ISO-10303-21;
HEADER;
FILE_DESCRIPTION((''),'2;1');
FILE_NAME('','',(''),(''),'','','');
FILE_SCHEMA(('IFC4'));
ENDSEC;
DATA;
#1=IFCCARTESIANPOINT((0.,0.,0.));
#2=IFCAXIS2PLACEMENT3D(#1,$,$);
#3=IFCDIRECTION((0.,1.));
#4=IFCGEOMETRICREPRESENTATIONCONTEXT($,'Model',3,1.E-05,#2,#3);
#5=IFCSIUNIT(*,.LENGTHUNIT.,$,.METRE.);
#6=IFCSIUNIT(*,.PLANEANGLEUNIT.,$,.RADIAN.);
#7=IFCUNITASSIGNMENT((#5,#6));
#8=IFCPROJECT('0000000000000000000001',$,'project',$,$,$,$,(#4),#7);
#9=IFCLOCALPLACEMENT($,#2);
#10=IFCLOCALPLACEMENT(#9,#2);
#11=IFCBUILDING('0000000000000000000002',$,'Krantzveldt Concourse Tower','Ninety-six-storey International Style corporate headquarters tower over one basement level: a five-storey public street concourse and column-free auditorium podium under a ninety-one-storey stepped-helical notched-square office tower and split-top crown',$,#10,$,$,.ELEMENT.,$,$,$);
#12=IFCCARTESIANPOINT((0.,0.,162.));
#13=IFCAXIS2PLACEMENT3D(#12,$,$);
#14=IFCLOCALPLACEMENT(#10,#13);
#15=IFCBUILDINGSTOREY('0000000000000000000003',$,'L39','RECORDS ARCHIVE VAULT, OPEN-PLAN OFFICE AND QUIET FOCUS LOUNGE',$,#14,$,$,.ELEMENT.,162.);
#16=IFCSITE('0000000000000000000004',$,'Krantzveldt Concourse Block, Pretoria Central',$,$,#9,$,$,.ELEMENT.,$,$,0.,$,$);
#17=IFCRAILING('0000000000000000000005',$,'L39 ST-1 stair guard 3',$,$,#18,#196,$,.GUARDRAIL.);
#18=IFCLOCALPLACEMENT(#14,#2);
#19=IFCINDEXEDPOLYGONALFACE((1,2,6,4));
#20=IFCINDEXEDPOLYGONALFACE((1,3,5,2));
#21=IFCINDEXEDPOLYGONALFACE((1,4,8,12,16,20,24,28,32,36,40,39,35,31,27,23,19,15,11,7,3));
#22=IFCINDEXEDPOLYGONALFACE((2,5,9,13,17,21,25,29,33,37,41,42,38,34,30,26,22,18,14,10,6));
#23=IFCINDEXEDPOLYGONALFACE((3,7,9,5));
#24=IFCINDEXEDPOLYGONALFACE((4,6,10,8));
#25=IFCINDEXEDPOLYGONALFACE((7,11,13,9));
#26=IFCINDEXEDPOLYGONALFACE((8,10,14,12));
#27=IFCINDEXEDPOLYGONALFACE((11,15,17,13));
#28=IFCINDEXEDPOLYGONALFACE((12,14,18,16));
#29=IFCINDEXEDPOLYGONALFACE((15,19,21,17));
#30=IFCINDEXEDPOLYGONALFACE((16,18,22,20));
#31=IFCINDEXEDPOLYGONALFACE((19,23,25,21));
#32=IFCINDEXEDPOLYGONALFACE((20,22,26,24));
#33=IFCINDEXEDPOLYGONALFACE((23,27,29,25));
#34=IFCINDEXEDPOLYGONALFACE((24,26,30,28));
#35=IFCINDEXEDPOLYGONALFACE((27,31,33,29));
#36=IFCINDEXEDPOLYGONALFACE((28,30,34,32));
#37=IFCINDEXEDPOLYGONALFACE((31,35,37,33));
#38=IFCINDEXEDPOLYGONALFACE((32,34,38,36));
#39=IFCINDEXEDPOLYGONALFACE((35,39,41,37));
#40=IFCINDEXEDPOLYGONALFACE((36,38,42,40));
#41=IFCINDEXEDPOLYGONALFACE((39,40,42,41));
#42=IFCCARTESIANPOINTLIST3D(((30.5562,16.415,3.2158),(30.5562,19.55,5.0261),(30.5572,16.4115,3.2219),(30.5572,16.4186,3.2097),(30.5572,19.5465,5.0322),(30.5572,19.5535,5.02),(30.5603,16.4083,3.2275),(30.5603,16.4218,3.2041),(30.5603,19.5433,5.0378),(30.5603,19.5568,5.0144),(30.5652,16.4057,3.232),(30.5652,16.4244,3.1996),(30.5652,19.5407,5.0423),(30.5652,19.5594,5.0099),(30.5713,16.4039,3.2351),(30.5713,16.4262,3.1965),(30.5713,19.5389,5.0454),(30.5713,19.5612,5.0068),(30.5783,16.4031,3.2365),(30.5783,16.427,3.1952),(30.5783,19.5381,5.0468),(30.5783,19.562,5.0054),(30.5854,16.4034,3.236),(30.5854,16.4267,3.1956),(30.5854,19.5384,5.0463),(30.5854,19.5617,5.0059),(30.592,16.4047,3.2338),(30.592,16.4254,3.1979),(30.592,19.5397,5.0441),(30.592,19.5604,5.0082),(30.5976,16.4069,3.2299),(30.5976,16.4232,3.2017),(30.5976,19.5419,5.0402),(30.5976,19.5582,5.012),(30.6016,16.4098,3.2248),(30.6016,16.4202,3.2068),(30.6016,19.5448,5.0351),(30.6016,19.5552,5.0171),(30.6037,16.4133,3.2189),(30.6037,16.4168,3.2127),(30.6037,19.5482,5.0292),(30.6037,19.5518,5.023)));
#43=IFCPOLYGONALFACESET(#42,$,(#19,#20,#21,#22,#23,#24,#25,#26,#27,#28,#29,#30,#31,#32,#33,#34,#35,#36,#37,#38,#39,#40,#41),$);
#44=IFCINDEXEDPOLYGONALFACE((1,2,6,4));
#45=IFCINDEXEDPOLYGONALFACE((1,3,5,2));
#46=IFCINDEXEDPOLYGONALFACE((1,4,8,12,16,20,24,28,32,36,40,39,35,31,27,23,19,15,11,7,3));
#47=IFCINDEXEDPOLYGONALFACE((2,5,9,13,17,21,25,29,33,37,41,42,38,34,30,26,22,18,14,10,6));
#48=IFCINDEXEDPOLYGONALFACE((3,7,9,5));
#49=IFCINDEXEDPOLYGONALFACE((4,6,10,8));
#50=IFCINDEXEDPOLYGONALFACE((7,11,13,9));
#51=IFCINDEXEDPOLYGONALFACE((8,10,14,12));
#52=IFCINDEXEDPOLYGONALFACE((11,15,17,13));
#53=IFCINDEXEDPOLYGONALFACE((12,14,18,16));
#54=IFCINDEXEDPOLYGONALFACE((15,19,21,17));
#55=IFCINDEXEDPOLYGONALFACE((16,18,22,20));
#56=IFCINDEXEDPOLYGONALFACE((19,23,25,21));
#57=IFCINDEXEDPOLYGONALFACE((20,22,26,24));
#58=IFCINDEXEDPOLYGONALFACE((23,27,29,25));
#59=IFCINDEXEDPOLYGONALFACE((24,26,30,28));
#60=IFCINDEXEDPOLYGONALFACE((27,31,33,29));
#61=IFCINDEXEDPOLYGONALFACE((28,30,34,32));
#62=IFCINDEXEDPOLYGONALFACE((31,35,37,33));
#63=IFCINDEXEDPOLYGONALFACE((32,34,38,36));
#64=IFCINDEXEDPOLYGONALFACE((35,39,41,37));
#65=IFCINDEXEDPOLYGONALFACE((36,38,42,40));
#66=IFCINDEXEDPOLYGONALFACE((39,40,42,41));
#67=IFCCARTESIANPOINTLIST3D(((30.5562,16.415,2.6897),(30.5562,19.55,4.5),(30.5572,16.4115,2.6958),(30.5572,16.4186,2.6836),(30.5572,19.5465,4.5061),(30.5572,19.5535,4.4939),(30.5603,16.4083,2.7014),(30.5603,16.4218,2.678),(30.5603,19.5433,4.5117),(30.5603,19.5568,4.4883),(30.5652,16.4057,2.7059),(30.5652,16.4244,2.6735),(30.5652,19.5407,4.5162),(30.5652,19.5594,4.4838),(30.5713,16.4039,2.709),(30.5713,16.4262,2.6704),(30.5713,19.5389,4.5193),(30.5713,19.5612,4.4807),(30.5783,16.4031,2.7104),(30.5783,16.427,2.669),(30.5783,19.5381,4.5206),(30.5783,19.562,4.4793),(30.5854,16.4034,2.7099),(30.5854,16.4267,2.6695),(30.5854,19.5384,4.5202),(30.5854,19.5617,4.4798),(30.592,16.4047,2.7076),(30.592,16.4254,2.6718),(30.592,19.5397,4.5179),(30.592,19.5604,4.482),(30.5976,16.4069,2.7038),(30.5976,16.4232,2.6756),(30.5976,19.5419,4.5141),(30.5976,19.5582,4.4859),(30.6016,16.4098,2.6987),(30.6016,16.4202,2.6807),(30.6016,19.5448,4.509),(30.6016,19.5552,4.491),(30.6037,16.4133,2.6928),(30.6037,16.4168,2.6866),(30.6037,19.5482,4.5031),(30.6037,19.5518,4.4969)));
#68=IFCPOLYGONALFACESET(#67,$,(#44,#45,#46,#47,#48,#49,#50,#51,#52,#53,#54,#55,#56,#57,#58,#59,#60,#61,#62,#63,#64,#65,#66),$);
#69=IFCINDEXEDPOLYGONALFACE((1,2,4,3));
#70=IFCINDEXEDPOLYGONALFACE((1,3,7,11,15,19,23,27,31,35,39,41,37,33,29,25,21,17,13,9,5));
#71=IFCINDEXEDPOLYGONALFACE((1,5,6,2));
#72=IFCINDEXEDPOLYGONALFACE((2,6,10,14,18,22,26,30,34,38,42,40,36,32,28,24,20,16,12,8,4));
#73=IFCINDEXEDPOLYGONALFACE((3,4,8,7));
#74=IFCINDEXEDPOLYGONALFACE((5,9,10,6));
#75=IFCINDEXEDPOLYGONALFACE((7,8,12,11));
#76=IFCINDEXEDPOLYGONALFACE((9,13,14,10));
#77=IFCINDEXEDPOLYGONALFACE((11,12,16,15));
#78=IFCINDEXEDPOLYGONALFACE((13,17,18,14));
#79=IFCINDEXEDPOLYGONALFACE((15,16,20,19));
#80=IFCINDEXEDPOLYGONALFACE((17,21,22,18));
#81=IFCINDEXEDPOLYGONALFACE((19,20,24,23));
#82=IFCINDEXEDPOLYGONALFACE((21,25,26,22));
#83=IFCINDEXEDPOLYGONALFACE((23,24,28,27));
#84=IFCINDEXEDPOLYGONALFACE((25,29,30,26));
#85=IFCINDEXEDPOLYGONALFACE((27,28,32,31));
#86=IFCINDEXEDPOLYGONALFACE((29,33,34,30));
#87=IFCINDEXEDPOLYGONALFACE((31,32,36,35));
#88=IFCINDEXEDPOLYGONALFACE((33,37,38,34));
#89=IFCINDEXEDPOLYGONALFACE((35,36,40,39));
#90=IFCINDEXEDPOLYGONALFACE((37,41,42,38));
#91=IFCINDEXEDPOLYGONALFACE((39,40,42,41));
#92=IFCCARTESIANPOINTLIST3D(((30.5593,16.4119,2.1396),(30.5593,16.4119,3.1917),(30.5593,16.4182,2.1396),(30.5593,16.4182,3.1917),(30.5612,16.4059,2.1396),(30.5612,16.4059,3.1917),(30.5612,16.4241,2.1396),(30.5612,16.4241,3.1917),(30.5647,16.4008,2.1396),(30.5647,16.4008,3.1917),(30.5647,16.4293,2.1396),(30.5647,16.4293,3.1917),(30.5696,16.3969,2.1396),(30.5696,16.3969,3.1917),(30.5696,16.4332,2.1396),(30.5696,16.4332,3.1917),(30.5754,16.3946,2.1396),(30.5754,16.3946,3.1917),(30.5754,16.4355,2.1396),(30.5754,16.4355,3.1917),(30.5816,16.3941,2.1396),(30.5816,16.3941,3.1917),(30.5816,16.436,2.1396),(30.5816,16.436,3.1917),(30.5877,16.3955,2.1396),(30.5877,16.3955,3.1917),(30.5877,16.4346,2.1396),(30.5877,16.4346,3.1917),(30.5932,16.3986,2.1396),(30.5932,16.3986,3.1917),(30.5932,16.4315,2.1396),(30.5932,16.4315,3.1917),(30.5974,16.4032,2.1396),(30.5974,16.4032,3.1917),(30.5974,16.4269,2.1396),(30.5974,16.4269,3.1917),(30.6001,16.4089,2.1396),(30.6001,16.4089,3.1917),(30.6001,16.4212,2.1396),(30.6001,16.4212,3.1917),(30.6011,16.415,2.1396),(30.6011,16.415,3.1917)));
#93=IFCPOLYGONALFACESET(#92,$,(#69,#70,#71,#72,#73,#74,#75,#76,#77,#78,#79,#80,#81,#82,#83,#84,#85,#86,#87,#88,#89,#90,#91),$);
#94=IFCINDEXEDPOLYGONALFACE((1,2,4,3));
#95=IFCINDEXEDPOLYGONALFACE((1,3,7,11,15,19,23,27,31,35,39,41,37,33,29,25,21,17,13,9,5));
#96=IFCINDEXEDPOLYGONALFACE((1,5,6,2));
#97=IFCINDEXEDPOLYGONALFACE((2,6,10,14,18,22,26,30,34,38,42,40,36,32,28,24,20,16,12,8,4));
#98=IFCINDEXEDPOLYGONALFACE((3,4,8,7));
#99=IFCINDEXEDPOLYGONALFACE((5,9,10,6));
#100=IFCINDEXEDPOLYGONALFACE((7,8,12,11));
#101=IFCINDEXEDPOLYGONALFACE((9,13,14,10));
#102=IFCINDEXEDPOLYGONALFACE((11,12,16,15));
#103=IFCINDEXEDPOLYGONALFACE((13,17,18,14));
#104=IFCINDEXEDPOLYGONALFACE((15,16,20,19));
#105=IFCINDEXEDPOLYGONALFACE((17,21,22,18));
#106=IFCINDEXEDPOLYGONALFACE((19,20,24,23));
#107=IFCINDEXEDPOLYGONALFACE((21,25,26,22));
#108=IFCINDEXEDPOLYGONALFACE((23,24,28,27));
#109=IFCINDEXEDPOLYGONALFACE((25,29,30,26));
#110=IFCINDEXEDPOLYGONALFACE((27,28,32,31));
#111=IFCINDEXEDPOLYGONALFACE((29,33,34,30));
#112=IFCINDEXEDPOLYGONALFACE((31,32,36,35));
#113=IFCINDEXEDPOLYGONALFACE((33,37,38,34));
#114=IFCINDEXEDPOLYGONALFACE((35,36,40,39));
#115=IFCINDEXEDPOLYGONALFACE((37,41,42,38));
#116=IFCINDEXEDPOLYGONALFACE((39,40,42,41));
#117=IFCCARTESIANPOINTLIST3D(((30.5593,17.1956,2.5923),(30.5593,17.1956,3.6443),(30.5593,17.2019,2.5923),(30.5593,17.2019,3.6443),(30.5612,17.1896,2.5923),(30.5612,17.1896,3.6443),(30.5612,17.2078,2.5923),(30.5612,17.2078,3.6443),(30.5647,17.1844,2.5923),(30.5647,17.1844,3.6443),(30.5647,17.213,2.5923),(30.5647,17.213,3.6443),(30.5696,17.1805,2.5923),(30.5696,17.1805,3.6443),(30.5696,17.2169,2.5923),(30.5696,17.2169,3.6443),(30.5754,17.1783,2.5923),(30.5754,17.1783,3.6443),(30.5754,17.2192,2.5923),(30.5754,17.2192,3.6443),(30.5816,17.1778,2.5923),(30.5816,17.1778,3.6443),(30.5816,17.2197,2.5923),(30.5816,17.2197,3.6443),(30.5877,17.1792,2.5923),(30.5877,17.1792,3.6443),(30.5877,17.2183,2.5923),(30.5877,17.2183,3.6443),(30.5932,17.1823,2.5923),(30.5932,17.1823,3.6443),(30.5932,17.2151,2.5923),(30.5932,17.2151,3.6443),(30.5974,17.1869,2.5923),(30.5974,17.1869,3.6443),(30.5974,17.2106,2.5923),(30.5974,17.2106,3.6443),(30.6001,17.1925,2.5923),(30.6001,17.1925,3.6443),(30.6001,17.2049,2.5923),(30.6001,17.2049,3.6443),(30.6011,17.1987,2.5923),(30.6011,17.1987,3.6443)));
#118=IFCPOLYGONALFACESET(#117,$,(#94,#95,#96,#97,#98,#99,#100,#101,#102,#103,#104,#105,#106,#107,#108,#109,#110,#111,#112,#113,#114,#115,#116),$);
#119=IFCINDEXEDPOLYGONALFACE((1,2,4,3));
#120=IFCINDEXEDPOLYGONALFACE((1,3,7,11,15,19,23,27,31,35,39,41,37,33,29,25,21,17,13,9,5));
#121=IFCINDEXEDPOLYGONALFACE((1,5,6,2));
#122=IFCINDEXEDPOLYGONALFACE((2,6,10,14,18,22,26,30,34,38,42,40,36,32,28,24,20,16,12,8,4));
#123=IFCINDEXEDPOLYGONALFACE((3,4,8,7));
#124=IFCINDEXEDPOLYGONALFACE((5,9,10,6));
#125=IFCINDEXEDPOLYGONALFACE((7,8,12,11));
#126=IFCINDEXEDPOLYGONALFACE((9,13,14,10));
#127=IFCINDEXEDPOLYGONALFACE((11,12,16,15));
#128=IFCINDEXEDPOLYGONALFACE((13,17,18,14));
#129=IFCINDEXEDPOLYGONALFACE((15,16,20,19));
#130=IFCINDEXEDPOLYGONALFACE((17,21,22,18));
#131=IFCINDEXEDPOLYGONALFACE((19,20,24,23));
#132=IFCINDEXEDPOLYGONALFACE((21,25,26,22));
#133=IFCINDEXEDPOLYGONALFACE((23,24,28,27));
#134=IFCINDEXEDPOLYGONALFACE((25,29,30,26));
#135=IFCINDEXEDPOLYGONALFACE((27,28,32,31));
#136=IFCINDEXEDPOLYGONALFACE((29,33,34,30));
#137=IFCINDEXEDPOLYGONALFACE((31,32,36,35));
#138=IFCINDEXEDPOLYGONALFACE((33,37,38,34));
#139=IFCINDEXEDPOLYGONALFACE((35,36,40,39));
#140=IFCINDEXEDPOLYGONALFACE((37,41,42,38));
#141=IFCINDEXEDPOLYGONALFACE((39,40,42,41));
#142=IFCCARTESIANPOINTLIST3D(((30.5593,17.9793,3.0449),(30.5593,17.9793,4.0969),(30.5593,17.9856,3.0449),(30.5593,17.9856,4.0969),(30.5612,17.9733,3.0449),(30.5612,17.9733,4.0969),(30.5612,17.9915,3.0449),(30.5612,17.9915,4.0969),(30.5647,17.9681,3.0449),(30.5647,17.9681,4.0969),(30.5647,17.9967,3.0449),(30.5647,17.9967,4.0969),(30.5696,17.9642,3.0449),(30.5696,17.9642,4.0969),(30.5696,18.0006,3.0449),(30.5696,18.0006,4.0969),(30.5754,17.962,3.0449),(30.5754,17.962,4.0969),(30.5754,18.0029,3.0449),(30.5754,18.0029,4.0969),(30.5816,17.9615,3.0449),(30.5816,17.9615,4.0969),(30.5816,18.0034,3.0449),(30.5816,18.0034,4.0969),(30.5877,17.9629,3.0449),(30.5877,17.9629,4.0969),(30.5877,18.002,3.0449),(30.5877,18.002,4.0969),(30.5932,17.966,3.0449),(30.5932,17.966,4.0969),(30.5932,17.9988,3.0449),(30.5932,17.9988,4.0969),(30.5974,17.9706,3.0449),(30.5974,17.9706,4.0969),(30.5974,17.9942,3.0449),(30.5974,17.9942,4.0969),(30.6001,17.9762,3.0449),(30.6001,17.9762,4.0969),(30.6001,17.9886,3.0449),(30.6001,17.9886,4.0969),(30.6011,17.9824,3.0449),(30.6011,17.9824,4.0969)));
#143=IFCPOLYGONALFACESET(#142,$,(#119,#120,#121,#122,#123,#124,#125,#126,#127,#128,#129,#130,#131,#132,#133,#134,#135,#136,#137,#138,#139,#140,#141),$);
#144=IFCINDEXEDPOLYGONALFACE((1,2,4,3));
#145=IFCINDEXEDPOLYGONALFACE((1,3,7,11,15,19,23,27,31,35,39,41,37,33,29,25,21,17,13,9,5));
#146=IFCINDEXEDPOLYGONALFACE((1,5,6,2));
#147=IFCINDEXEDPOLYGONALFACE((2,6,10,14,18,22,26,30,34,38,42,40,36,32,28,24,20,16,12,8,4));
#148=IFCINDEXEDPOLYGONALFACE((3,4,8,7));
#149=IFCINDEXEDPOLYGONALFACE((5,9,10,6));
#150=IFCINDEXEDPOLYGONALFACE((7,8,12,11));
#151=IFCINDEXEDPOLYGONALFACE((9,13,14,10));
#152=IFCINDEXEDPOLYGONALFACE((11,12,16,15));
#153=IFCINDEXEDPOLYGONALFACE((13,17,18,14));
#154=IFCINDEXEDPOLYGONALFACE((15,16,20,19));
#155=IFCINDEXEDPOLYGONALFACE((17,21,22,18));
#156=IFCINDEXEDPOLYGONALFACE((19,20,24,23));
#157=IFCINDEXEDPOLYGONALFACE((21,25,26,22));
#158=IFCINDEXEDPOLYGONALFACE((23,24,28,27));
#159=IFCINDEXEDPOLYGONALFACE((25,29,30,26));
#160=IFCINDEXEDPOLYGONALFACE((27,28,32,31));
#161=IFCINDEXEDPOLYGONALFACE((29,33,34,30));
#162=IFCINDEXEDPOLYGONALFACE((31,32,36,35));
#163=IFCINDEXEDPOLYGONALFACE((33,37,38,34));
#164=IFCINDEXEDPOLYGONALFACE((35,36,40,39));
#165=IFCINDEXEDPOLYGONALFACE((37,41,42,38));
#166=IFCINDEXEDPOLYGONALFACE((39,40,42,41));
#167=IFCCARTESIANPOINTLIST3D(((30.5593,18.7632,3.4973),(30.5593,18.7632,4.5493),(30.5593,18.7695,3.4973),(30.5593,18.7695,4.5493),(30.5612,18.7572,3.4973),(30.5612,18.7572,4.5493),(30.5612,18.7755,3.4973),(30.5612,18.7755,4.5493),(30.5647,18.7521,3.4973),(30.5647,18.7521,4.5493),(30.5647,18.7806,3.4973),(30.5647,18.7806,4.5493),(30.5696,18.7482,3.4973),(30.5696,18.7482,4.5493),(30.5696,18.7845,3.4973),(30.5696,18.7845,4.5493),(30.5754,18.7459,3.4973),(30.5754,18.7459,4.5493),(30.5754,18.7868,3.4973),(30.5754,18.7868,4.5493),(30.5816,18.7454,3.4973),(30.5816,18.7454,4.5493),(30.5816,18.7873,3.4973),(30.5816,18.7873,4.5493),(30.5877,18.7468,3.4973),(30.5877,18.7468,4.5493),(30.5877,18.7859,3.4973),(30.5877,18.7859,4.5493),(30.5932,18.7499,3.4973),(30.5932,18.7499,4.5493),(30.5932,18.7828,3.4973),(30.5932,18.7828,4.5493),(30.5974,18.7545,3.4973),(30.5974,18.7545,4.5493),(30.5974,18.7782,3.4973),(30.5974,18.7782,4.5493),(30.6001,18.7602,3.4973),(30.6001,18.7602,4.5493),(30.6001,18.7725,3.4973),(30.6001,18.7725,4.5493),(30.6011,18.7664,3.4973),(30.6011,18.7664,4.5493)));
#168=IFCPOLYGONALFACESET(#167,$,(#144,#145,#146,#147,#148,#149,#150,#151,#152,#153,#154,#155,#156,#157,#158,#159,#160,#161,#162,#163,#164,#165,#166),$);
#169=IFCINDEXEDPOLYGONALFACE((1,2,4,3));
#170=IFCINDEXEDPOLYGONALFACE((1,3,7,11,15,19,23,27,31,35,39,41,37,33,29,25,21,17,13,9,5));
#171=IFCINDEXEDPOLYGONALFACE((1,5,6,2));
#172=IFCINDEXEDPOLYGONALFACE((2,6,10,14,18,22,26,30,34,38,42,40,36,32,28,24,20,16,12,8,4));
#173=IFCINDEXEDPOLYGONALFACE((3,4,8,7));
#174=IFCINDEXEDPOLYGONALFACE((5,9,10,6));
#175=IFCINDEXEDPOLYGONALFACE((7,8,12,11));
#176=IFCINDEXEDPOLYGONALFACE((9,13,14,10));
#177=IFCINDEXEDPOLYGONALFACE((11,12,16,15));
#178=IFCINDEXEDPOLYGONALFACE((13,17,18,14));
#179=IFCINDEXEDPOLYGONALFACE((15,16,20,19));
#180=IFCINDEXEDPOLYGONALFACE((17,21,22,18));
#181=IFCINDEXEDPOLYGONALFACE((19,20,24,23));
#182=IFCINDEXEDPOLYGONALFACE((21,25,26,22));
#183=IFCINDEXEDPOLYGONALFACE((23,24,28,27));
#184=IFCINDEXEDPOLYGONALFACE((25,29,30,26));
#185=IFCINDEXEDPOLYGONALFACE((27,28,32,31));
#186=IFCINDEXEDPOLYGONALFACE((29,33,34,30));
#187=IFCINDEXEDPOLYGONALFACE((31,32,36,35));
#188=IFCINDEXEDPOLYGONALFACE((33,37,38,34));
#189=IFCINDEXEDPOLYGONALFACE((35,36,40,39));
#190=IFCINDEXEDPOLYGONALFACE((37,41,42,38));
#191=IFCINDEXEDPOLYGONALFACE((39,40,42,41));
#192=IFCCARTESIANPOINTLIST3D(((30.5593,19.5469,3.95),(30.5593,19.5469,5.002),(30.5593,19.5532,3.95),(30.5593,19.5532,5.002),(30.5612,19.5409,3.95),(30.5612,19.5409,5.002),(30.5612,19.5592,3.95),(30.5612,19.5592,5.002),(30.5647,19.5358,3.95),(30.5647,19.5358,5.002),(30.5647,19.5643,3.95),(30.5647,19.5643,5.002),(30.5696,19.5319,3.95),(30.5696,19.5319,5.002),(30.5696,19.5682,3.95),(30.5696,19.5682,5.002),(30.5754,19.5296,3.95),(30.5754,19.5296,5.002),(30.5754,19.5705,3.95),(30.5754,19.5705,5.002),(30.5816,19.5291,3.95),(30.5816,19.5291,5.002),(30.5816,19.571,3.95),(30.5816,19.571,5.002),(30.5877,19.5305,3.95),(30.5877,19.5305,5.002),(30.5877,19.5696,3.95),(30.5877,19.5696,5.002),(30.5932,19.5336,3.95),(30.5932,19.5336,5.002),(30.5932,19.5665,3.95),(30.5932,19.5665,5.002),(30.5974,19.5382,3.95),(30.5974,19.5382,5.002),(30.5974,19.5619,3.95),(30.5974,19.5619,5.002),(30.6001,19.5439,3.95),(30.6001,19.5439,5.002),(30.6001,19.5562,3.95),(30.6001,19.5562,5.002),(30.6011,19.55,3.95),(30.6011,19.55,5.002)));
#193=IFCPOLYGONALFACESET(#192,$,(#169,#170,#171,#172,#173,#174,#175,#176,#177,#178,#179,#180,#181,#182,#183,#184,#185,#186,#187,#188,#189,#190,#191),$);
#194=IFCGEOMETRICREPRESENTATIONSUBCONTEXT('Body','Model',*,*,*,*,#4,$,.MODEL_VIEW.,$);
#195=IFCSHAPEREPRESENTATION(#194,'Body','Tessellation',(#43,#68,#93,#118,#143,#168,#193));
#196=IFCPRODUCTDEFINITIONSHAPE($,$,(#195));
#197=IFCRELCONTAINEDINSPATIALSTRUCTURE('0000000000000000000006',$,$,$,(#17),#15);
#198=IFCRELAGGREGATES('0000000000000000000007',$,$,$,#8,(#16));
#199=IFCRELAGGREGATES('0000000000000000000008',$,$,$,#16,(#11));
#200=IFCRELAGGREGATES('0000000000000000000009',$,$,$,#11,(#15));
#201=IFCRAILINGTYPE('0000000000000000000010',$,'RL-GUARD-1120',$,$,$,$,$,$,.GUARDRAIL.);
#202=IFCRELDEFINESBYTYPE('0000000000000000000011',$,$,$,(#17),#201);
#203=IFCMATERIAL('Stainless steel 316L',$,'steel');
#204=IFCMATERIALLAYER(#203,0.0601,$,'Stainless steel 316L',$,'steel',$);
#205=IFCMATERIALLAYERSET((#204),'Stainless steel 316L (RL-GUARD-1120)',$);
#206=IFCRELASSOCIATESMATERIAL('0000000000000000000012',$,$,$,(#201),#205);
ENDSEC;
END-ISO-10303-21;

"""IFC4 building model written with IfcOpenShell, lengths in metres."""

from ifc_helpers import new_model, si_unit, direction, frame, origin, origin_2d, place, context, subcontext, project, spatial, circle, extrude, material, layer, layer_set, type_object, element, save


model = new_model("IFC4")

# Units and contexts
model_context = context("Model", 3, precision=1e-05, world=origin(), true_north=direction((0.0, 1.0)))
body_context = subcontext(model_context, "Body", "Model", "MODEL_VIEW")
ifc_project = project(units=[si_unit("LENGTHUNIT", "METRE"), si_unit("PLANEANGLEUNIT", "RADIAN")], contexts=[model_context])

# Site, building, storey
site_placement = place(None, origin())
site = spatial("IfcSite", under=ifc_project, at=site_placement, Name="Krantzveldt Concourse Block, Pretoria Central", CompositionType="ELEMENT", RefElevation=0.0)
building_placement = place(site_placement, origin())
building = spatial("IfcBuilding", under=site, at=building_placement, Name="Krantzveldt Concourse Tower", Description="Ninety-six-storey International Style corporate headquarters tower over one basement level: a five-storey public street concourse and column-free auditorium podium under a ninety-one-storey stepped-helical notched-square office tower and split-top crown", CompositionType="ELEMENT")
storey_placement = place(building_placement, frame((0.0, 0.0, 162.0)))
storey = spatial("IfcBuildingStorey", under=building, at=storey_placement, Name="L39", Description="RECORDS ARCHIVE VAULT, OPEN-PLAN OFFICE AND QUIET FOCUS LOUNGE", CompositionType="ELEMENT", Elevation=162.0)

# Railing
ifc_material_1 = material(Name="Stainless steel 316L", Category="steel")
ifc_layer_1 = layer(ifc_material_1, 0.0601, Name="Stainless steel 316L", Category="steel")
ifc_layer_set_1 = layer_set([ifc_layer_1], Name="Stainless steel 316L (RL-GUARD-1120)")
railing_type_1 = type_object("IfcRailingType", Name="RL-GUARD-1120", PredefinedType="GUARDRAIL", material=ifc_layer_set_1)
railing_1_placement = place(storey_placement, frame((30.5801, 16.415, 2.1396)))
element("IfcRailing", 1, at=railing_1_placement, inside=storey, type_object=railing_type_1, Name="L39 ST-1 stair guard 3", PredefinedType="GUARDRAIL", context=body_context, shape_type="SweptSolid", body=[
    extrude(circle(Radius=0.0239, at=origin_2d()), frame((0.0, 0.0, 1.0762), z_axis=(0.0, 0.865989, 0.500063), x_axis=(-1.0, 0.0, 0.0)), (0.0, 0.0, 1.0), 3.6201),
    extrude(circle(Radius=0.0239, at=origin_2d()), frame((0.0, 0.0, 0.55), z_axis=(0.0, 0.865989, 0.500063), x_axis=(-1.0, 0.0, 0.0)), (0.0, 0.0, 1.0), 3.6201),
    extrude(circle(Radius=0.021, at=origin_2d()), origin(), (0.0, 0.0, 1.0), 1.052),
    extrude(circle(Radius=0.021, at=origin_2d()), frame((0.0, 0.7837, 0.4526)), (0.0, 0.0, 1.0), 1.052),
    extrude(circle(Radius=0.021, at=origin_2d()), frame((0.0, 1.5674, 0.9053)), (0.0, 0.0, 1.0), 1.052),
    extrude(circle(Radius=0.021, at=origin_2d()), frame((0.0, 2.3513, 1.3577)), (0.0, 0.0, 1.0), 1.052),
    extrude(circle(Radius=0.021, at=origin_2d()), frame((0.0, 3.135, 1.8103)), (0.0, 0.0, 1.0), 1.052),
])

save(model, "model.ifc")
